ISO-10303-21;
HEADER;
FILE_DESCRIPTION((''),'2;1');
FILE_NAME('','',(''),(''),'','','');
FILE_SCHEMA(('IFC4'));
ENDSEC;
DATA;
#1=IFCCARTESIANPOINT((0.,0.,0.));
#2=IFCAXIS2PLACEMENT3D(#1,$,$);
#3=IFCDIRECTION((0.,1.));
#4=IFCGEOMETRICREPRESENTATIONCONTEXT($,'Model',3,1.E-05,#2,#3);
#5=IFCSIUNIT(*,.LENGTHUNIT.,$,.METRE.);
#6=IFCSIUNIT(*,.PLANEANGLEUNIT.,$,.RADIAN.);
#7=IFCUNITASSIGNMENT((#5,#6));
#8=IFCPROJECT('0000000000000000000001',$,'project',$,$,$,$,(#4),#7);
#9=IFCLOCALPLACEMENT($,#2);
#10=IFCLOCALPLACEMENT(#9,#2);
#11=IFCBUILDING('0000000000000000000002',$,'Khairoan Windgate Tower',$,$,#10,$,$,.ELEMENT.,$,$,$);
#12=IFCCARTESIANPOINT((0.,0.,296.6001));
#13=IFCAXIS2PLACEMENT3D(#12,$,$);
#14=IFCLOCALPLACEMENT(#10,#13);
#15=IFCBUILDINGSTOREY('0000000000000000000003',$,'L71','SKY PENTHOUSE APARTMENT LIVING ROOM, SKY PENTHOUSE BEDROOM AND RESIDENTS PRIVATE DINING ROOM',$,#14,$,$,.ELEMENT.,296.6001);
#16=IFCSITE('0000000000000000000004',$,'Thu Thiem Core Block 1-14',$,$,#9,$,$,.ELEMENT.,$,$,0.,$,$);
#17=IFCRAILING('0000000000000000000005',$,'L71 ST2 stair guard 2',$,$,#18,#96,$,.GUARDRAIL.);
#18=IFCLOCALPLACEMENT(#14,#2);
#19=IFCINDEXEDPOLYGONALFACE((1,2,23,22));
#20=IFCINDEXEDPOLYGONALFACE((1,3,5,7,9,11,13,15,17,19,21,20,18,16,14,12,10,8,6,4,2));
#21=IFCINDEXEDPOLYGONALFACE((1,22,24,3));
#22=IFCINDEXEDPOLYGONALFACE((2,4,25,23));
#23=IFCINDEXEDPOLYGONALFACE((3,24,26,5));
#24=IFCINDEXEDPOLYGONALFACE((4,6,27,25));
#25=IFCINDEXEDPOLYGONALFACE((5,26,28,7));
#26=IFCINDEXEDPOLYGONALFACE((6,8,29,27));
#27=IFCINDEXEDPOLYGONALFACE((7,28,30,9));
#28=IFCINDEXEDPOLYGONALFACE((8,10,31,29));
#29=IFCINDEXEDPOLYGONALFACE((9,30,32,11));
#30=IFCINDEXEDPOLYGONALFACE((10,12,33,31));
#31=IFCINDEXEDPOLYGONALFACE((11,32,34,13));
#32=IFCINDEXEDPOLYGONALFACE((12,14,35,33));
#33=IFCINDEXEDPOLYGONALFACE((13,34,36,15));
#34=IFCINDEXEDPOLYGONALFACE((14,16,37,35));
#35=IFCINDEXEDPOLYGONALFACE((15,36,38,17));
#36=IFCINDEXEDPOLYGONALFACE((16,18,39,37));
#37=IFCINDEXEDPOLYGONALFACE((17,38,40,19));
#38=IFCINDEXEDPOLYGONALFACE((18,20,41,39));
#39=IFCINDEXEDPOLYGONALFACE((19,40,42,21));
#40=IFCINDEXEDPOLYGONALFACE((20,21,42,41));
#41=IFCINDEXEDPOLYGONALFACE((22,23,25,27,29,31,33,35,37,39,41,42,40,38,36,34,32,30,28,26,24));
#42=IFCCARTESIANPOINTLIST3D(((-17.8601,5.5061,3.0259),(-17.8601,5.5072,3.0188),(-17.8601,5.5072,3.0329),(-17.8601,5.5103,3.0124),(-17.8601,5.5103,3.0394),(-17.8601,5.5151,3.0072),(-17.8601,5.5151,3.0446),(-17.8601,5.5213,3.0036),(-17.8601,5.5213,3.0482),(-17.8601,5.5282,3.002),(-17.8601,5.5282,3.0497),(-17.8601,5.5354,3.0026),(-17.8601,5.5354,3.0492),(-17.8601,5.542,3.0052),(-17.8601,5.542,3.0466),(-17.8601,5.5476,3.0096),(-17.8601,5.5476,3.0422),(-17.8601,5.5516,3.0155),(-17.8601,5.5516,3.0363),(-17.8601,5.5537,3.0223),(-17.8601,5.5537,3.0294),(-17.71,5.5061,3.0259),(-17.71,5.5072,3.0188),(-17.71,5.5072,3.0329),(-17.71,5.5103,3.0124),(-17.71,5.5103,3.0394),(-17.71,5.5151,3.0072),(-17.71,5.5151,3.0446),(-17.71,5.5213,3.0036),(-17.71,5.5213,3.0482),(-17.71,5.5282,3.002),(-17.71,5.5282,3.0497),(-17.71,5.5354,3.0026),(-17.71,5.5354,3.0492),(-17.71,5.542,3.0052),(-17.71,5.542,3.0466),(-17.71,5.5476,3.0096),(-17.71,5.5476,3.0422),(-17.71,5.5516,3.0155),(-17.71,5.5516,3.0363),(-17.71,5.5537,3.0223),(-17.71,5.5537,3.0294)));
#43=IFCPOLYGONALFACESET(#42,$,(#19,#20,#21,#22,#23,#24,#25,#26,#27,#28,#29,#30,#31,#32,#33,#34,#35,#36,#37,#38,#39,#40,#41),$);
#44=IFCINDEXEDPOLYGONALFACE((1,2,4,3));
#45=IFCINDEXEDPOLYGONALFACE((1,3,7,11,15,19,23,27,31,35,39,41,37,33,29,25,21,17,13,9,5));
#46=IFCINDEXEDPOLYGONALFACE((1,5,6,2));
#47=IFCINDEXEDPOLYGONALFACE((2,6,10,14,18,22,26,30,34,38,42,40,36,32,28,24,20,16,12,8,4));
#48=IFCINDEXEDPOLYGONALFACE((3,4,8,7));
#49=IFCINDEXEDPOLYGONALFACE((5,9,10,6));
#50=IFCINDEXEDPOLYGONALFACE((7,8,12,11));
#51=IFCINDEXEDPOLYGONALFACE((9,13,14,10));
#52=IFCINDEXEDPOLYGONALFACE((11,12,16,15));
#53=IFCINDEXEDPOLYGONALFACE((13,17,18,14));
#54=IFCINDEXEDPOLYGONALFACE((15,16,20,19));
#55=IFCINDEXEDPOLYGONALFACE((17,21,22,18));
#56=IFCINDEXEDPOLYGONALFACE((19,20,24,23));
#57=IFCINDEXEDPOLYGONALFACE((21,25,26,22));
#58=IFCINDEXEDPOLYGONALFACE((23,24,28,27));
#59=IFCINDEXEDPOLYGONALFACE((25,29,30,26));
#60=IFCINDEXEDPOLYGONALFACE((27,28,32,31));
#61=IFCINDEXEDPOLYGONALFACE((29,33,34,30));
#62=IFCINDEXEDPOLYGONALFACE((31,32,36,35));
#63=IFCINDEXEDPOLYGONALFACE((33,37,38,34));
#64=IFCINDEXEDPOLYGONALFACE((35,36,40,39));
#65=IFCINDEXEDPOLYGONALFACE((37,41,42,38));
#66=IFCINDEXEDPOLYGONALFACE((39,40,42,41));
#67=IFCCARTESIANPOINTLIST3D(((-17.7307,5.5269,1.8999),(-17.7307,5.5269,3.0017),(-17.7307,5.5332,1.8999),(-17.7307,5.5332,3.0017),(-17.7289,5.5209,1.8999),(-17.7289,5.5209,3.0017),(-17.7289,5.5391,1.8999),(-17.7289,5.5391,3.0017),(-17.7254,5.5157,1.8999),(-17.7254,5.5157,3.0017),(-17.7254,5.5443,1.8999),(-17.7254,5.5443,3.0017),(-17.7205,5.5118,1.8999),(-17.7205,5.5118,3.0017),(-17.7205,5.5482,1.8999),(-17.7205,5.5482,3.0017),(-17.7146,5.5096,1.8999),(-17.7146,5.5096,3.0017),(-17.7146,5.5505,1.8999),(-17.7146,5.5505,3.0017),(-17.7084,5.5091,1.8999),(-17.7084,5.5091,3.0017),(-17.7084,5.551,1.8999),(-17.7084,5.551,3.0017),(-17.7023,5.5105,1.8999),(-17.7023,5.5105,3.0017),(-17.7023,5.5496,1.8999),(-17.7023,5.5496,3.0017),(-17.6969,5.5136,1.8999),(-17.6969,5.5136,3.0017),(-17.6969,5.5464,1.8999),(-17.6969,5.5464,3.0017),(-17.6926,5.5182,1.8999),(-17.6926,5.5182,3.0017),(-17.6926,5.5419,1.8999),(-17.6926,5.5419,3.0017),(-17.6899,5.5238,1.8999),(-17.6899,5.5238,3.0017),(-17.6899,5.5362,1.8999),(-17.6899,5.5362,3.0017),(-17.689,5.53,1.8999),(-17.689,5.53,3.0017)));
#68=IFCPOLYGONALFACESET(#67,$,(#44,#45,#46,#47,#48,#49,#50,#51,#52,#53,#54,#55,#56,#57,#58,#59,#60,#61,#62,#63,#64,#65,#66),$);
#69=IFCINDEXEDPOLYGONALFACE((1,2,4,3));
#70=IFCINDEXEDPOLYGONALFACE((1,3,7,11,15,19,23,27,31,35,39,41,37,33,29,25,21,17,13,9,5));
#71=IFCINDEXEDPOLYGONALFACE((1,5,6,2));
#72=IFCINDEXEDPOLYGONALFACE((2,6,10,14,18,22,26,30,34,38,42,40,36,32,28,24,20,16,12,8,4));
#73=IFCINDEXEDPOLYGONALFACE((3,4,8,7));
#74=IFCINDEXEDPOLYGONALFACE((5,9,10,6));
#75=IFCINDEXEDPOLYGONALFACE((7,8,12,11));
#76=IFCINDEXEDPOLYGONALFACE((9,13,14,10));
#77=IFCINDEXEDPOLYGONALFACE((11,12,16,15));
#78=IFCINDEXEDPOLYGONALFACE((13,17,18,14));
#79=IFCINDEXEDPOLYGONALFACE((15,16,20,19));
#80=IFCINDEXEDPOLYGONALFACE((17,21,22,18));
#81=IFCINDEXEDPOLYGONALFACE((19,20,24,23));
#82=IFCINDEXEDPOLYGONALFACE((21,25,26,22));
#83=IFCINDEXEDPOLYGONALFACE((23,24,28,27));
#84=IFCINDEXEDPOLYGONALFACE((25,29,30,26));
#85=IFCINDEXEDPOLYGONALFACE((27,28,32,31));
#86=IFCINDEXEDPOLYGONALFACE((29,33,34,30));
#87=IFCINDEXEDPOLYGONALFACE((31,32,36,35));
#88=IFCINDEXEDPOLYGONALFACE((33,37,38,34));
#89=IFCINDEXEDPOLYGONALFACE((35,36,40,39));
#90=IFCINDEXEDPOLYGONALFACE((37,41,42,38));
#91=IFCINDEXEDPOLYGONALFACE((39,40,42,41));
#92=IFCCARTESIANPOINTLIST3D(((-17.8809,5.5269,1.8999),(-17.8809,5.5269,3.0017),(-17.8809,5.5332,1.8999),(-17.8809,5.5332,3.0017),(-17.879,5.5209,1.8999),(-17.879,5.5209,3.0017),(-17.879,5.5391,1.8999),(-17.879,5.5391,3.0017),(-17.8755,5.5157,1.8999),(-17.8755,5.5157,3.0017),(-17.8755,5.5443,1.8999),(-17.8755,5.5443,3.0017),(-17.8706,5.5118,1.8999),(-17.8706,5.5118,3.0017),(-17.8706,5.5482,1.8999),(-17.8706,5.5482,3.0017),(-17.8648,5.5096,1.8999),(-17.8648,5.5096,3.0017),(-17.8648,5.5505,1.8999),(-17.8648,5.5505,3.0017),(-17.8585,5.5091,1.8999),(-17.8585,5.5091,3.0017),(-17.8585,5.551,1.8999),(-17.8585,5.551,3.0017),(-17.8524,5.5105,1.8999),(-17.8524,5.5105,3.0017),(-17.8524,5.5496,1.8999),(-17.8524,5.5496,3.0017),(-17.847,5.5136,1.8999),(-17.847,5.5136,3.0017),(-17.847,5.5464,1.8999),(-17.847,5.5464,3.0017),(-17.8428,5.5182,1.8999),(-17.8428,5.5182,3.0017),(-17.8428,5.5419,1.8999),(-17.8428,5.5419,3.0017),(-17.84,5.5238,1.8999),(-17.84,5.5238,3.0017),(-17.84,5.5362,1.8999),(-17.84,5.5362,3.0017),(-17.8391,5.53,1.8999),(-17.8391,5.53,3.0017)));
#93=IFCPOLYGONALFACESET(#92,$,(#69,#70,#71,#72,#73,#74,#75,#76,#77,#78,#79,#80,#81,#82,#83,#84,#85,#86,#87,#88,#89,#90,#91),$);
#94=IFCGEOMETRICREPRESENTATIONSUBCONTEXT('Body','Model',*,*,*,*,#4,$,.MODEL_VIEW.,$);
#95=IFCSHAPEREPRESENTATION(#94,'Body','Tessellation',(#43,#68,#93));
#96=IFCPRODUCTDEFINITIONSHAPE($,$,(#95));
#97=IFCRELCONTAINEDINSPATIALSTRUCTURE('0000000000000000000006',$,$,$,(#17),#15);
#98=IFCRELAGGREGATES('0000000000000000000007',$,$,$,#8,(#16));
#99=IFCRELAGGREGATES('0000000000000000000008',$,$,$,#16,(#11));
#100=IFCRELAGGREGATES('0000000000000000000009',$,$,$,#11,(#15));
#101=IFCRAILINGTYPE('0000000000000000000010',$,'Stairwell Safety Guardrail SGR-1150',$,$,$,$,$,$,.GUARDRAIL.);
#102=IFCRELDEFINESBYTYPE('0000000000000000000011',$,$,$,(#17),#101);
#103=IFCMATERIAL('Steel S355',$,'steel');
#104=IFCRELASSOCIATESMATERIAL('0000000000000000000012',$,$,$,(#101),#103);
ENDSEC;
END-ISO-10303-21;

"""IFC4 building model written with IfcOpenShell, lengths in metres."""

from ifc_helpers import new_model, si_unit, direction, frame, origin, origin_2d, place, context, subcontext, project, spatial, circle, extrude, material, type_object, element, save


model = new_model("IFC4")

# Units and contexts
model_context = context("Model", 3, precision=1e-05, world=origin(), true_north=direction((0.0, 1.0)))
body_context = subcontext(model_context, "Body", "Model", "MODEL_VIEW")
ifc_project = project(units=[si_unit("LENGTHUNIT", "METRE"), si_unit("PLANEANGLEUNIT", "RADIAN")], contexts=[model_context])

# Site, building, storey
site_placement = place(None, origin())
site = spatial("IfcSite", under=ifc_project, at=site_placement, Name="Thu Thiem Core Block 1-14", CompositionType="ELEMENT", RefElevation=0.0)
building_placement = place(site_placement, origin())
building = spatial("IfcBuilding", under=site, at=building_placement, Name="Khairoan Windgate Tower", CompositionType="ELEMENT")
storey_placement = place(building_placement, frame((0.0, 0.0, 296.6001)))
storey = spatial("IfcBuildingStorey", under=building, at=storey_placement, Name="L71", Description="SKY PENTHOUSE APARTMENT LIVING ROOM, SKY PENTHOUSE BEDROOM AND RESIDENTS PRIVATE DINING ROOM", CompositionType="ELEMENT", Elevation=296.6001)

# Railing
ifc_material_1 = material(Name="Steel S355", Category="steel")
railing_type_1 = type_object("IfcRailingType", Name="Stairwell Safety Guardrail SGR-1150", PredefinedType="GUARDRAIL", material=ifc_material_1)
railing_1_placement = place(storey_placement, frame((-17.71, 5.53, 1.8999)))
element("IfcRailing", 1, at=railing_1_placement, inside=storey, type_object=railing_type_1, Name="L71 ST2 stair guard 2", PredefinedType="GUARDRAIL", context=body_context, shape_type="SweptSolid", body=[
    extrude(circle(Radius=0.0239, at=origin_2d()), frame((0.0, 0.0, 1.126), z_axis=(-1.0, 0.0, 0.0), x_axis=(0.0, -1.0, 0.0)), (0.0, 0.0, 1.0), 0.1501),
    extrude(circle(Radius=0.021, at=origin_2d()), origin(), (0.0, 0.0, 1.0), 1.1018),
    extrude(circle(Radius=0.021, at=origin_2d()), frame((-0.1501, 0.0, 0.0)), (0.0, 0.0, 1.0), 1.1018),
])

save(model, "model.ifc")
